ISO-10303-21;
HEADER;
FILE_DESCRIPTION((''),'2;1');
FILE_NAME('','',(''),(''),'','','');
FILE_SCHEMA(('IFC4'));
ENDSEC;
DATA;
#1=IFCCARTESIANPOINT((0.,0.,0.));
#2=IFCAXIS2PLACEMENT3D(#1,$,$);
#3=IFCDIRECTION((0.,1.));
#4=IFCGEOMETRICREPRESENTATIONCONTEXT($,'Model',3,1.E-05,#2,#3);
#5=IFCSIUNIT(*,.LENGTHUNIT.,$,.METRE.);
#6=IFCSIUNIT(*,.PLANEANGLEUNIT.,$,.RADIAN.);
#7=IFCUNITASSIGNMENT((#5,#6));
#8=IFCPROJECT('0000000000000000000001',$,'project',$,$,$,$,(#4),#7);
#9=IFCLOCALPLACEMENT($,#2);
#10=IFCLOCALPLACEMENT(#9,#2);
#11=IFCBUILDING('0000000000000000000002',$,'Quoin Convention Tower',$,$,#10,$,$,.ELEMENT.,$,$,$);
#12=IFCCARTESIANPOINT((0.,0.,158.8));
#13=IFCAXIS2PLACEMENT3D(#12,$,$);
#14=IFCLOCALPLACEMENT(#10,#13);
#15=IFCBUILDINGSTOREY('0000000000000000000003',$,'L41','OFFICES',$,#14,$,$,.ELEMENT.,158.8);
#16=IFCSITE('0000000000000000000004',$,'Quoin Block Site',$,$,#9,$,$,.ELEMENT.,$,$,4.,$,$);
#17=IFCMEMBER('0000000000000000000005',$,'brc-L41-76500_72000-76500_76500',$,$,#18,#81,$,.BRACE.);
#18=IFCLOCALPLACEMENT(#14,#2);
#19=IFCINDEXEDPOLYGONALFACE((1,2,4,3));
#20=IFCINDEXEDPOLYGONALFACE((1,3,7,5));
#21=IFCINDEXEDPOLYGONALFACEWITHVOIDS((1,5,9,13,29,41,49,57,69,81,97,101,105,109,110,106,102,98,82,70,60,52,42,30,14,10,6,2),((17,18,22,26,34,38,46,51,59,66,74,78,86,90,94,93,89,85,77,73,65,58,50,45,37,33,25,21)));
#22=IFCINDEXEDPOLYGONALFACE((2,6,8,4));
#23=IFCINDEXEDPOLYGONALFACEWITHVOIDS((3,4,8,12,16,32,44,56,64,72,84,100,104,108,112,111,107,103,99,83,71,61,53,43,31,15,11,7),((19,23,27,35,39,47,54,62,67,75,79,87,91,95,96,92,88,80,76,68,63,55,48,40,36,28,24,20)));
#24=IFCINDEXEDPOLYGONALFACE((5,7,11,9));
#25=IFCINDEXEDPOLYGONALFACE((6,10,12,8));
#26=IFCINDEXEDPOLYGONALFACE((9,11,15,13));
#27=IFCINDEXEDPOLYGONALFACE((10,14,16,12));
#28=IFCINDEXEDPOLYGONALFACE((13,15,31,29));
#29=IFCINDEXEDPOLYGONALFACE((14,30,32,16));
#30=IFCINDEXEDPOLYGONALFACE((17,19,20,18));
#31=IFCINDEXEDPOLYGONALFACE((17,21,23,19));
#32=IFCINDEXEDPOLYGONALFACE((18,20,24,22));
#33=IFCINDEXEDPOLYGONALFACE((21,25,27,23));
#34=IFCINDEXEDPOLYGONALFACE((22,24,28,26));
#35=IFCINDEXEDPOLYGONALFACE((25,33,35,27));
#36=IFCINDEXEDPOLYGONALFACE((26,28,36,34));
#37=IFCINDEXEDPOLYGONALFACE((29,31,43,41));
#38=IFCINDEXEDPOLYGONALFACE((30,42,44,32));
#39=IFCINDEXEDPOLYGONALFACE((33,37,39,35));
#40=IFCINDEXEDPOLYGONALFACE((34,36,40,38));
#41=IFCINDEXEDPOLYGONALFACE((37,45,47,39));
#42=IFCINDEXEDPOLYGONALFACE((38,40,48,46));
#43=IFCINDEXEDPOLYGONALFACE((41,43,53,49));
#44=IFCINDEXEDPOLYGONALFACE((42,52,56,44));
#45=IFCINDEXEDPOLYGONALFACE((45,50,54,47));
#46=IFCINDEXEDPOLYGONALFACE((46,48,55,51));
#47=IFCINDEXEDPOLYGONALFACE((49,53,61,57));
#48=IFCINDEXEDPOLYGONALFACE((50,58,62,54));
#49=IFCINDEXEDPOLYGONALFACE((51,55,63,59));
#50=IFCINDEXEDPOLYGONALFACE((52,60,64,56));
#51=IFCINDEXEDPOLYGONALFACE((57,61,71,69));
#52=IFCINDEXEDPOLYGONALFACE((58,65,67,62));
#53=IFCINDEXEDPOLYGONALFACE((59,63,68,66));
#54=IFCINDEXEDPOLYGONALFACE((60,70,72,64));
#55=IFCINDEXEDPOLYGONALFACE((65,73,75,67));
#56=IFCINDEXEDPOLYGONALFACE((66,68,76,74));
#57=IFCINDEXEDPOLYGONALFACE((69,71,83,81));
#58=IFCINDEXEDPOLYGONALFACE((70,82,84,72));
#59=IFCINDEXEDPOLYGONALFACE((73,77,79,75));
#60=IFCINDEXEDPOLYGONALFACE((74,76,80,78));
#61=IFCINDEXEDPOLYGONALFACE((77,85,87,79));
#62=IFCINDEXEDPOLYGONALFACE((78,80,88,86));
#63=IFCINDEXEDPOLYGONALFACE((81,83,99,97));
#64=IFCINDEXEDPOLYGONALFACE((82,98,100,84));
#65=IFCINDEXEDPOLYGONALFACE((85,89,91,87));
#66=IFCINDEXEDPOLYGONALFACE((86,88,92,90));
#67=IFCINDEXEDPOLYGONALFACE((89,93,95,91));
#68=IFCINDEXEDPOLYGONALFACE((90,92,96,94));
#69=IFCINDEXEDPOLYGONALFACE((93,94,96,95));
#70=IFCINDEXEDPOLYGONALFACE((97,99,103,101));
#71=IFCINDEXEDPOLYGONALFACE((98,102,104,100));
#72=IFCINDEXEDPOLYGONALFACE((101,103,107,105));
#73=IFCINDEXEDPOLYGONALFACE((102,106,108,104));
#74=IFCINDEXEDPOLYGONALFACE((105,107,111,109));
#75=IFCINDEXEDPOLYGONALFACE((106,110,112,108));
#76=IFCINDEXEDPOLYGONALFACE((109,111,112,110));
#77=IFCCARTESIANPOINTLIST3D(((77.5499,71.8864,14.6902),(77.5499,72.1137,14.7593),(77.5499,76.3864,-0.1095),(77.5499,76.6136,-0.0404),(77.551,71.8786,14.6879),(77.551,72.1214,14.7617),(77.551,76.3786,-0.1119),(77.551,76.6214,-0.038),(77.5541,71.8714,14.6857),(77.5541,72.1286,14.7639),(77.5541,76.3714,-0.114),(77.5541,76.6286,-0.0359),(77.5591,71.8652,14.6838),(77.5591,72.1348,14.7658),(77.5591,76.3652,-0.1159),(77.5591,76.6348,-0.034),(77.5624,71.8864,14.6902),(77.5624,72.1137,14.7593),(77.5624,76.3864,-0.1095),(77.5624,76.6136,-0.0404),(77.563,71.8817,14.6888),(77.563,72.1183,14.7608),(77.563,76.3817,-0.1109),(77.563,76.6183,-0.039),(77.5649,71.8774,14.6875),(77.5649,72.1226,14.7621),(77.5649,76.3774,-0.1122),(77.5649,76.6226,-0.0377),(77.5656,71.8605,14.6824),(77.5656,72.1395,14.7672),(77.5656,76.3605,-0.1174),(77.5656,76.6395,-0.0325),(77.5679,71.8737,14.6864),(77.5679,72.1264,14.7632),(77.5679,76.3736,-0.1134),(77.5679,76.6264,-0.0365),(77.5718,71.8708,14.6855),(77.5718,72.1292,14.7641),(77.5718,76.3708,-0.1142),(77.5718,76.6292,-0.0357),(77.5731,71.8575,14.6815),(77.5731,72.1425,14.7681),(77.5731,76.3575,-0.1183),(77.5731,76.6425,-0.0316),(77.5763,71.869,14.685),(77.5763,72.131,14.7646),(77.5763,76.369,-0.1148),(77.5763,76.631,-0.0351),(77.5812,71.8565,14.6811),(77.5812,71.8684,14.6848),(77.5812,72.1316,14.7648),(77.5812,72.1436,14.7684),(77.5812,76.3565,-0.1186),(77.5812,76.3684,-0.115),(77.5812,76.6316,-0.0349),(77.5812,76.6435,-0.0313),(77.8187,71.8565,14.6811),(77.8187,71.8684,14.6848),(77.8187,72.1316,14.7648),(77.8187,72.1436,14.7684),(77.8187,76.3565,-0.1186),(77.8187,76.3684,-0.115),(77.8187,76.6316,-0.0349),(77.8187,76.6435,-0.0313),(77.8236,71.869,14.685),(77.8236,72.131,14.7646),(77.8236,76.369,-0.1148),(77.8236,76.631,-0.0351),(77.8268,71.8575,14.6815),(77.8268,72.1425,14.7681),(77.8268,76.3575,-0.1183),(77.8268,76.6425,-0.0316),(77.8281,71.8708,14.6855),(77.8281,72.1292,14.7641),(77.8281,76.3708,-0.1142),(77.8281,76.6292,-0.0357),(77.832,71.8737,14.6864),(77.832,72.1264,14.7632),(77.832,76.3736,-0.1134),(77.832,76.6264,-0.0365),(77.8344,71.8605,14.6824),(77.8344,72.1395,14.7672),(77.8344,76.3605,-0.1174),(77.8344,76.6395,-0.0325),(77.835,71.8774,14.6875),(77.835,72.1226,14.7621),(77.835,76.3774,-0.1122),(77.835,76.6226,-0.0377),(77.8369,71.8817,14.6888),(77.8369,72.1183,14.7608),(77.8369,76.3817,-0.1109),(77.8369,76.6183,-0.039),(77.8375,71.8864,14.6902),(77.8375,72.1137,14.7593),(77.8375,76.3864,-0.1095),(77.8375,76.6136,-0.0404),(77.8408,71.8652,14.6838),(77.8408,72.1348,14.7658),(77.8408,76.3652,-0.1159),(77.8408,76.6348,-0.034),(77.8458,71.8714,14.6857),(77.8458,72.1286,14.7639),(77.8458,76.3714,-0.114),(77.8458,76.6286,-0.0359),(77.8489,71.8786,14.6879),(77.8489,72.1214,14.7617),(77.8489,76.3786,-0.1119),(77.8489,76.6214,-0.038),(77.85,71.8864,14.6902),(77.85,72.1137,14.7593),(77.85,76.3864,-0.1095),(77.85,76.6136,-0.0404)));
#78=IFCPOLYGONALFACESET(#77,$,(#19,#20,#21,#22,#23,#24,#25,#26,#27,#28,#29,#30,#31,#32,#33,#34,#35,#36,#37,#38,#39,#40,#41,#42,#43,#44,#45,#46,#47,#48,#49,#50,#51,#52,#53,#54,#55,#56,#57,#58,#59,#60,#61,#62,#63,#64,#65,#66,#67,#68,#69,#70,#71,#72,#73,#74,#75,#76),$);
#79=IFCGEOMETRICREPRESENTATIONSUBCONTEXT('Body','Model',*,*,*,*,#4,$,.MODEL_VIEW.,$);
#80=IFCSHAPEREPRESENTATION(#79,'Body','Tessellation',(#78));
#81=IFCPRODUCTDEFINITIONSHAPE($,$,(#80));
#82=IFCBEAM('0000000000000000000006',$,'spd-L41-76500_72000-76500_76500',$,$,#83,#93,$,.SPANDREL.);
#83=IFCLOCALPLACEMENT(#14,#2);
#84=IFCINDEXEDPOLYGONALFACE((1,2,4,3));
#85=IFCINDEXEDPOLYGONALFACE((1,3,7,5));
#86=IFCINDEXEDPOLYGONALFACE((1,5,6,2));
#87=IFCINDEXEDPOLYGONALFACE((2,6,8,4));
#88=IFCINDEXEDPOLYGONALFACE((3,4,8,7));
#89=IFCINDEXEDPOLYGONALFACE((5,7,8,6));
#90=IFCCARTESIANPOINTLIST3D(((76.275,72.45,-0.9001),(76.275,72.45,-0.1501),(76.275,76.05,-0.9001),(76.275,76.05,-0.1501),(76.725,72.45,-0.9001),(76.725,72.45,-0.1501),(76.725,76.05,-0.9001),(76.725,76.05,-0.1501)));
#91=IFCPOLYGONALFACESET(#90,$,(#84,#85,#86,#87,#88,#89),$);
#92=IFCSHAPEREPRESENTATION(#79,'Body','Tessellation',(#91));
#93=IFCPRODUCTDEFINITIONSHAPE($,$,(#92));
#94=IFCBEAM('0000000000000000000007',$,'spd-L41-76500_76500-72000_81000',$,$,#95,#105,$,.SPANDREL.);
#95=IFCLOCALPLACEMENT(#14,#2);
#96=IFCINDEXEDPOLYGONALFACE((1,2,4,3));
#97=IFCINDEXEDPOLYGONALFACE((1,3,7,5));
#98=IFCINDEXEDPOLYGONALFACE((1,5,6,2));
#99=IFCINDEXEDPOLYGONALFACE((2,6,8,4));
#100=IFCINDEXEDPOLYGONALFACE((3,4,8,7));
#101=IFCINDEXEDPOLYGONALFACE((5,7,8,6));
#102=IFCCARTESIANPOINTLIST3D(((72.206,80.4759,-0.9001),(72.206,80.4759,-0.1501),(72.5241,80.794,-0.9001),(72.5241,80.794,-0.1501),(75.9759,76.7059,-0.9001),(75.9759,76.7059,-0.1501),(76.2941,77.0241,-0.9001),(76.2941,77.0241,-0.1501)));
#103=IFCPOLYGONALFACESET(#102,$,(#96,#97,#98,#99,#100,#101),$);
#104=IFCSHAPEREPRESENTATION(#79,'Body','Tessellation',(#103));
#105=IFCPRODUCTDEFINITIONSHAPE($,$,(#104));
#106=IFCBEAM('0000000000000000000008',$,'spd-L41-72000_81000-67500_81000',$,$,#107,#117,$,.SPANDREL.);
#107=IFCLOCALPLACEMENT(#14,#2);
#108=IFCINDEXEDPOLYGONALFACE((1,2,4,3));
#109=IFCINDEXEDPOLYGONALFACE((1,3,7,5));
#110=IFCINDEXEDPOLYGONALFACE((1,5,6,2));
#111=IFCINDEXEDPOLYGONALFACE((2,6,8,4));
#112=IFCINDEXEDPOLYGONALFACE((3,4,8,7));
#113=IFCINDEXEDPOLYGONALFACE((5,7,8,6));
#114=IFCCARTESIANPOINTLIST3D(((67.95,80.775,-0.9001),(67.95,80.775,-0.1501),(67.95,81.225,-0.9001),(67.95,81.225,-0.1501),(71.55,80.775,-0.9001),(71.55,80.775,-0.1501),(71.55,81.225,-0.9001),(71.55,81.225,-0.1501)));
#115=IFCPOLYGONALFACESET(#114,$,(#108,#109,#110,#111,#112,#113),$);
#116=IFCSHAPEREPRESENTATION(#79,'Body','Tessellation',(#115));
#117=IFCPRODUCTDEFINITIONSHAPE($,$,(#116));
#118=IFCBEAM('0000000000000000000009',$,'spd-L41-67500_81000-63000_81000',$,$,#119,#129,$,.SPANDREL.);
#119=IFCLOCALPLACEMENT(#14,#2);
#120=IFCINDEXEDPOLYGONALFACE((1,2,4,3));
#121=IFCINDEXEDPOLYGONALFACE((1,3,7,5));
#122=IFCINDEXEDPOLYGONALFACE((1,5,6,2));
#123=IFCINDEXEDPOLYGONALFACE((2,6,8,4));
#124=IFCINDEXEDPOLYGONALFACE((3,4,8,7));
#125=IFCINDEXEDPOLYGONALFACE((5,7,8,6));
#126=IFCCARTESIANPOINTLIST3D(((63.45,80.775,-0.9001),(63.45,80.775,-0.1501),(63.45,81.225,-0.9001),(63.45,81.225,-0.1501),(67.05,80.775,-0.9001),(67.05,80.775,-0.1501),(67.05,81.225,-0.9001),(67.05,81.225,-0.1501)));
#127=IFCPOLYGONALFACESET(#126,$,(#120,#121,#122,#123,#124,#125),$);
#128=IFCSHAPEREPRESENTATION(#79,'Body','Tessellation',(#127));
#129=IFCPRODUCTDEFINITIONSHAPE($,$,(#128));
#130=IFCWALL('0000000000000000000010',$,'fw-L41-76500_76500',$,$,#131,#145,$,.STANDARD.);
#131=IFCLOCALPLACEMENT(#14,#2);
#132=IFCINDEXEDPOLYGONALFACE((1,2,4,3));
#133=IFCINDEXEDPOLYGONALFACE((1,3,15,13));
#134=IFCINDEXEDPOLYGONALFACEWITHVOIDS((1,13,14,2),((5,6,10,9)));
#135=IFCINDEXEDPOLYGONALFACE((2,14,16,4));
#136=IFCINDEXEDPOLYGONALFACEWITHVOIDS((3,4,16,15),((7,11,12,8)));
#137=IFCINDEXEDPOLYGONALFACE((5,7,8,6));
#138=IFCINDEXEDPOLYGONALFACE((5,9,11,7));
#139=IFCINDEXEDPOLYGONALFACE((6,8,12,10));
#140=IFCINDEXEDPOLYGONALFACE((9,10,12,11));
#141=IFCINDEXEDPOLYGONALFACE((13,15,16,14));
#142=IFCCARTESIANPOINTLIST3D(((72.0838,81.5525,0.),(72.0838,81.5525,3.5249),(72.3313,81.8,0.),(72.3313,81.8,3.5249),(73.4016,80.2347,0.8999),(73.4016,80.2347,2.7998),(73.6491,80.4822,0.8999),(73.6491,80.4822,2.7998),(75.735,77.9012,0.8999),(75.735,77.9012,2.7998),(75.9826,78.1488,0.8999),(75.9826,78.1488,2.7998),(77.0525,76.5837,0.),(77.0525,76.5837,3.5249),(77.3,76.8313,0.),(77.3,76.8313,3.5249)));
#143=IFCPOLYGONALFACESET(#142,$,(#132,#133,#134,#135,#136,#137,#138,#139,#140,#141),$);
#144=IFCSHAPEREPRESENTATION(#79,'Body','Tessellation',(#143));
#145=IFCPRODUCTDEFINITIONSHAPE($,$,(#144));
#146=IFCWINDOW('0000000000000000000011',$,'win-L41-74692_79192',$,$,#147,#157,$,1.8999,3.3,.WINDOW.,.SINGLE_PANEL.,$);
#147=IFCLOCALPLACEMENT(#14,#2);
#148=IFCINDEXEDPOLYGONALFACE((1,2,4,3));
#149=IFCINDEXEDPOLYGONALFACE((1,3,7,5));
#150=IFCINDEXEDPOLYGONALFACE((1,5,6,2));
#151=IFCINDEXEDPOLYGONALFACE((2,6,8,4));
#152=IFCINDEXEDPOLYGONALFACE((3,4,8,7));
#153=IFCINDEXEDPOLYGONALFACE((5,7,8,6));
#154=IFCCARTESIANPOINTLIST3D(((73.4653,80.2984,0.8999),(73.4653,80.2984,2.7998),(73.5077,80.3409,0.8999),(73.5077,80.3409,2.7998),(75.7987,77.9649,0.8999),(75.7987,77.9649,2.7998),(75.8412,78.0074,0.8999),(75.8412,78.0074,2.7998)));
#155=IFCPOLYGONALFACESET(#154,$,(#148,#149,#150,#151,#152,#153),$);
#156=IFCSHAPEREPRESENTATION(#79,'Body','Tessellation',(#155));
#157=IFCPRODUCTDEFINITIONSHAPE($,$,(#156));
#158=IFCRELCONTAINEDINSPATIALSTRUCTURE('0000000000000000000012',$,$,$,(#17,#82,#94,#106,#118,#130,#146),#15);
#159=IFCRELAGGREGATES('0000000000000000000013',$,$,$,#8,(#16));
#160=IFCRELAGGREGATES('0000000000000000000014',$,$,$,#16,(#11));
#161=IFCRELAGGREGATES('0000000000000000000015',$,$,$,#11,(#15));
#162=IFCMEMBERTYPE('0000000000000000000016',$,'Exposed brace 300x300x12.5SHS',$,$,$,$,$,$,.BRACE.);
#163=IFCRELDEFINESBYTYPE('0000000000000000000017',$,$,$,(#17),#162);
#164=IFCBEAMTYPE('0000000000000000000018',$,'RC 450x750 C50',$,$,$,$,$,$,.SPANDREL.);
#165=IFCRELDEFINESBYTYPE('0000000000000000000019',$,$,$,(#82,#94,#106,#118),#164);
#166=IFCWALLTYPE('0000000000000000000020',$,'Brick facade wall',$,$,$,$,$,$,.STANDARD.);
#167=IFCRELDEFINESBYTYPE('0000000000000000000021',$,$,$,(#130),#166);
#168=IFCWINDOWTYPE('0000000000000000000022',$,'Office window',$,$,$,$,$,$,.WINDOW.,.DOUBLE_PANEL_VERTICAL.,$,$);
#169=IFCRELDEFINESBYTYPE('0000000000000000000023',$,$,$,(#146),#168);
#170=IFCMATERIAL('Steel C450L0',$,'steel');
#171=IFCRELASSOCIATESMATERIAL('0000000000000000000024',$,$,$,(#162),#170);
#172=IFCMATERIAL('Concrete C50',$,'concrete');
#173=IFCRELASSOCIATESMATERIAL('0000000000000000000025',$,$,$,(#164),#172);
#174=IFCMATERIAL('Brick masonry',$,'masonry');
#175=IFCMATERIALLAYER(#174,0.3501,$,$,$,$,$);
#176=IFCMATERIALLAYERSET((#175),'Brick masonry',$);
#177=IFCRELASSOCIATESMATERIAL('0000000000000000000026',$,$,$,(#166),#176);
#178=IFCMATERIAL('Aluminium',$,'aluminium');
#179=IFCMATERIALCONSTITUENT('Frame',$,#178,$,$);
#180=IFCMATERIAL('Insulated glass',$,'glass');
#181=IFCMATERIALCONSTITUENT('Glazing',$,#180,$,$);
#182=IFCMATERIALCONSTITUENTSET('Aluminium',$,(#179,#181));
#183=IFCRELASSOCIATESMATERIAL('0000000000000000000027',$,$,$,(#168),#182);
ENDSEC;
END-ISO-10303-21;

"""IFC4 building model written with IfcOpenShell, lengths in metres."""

from ifc_helpers import new_model, si_unit, direction, frame, frame_2d, origin, origin_2d, place, context, subcontext, project, spatial, rectangle, hollow_rectangle, extrude, material, layer, layer_set, constituent, constituent_set, material_profile, profile_set, type_object, element, fill, save


model = new_model("IFC4")

# Units and contexts
model_context = context("Model", 3, precision=1e-05, world=origin(), true_north=direction((0.0, 1.0)))
body_context = subcontext(model_context, "Body", "Model", "MODEL_VIEW")
ifc_project = project(units=[si_unit("LENGTHUNIT", "METRE"), si_unit("PLANEANGLEUNIT", "RADIAN")], contexts=[model_context])

# Site, building, storey
site_placement = place(None, origin())
site = spatial("IfcSite", under=ifc_project, at=site_placement, Name="Quoin Block Site", CompositionType="ELEMENT", RefElevation=4.0)
building_placement = place(site_placement, origin())
building = spatial("IfcBuilding", under=site, at=building_placement, Name="Quoin Convention Tower", CompositionType="ELEMENT")
storey_placement = place(building_placement, frame((0.0, 0.0, 158.8)))
storey = spatial("IfcBuildingStorey", under=building, at=storey_placement, Name="L41", Description="OFFICES", CompositionType="ELEMENT", Elevation=158.8)

# Shared definitions
ifc_material_1 = material(Name="Concrete C50", Category="concrete")

# Member
ifc_material_2 = material(Name="Steel C450L0", Category="steel")
ifc_material_profile_1 = material_profile(ifc_material_2, hollow_rectangle(XDim=0.3, YDim=0.3, WallThickness=0.0125, InnerFilletRadius=0.0188, OuterFilletRadius=0.0312, at=origin_2d()), Name="300x300x12.5SHS")
ifc_profile_set_1 = profile_set([ifc_material_profile_1], Name="Steel C450L0")
member_type = type_object("IfcMemberType", Name="Exposed brace 300x300x12.5SHS", PredefinedType="BRACE", material=ifc_profile_set_1)
for number, where, z_axis, x_axis, name in (
    (1, (77.7, 76.5, -0.075), (0.0, -0.290908, 0.956751), (1.0, 0.0, 0.0), "brc-L41-76500_72000-76500_76500"),
):
    element("IfcMember", number, at=place(storey_placement, frame(where, z_axis=z_axis, x_axis=x_axis)), inside=storey, type_object=member_type, Name=name, PredefinedType="BRACE", context=body_context, shape_type="SweptSolid", body=[
        extrude(hollow_rectangle(XDim=0.3, YDim=0.3, WallThickness=0.0125, InnerFilletRadius=0.0188, OuterFilletRadius=0.0312, at=origin_2d()), origin(), (0.0, 0.0, 1.0), 15.4688),
    ])

# Beams
ifc_material_profile_2 = material_profile(ifc_material_1, rectangle(XDim=0.45, YDim=0.75, at=origin_2d()), Name="RC 450x750")
ifc_profile_set_2 = profile_set([ifc_material_profile_2], Name="Concrete C50")
beam_type_1 = type_object("IfcBeamType", Name="RC 450x750 C50", PredefinedType="SPANDREL", material=ifc_profile_set_2)
beam_1_placement = place(storey_placement, frame((76.5, 72.45, -0.5251), z_axis=(0.0, 1.0, 0.0), x_axis=(-1.0, 0.0, 0.0)))
element("IfcBeam", 2, at=beam_1_placement, inside=storey, type_object=beam_type_1, Name="spd-L41-76500_72000-76500_76500", PredefinedType="SPANDREL", context=body_context, shape_type="SweptSolid", body=[
    extrude(rectangle(XDim=0.45, YDim=0.75, at=origin_2d()), origin(), (0.0, 0.0, 1.0), 3.6001),
])
beam_2_placement = place(storey_placement, frame((76.135, 76.865, -0.5251), z_axis=(-0.707107, 0.707107, 0.0), x_axis=(-0.707107, -0.707107, 0.0)))
element("IfcBeam", 3, at=beam_2_placement, inside=storey, type_object=beam_type_1, Name="spd-L41-76500_76500-72000_81000", PredefinedType="SPANDREL", context=body_context, shape_type="SweptSolid", body=[
    extrude(rectangle(XDim=0.45, YDim=0.75, at=origin_2d()), origin(), (0.0, 0.0, 1.0), 5.3315),
])
for number, where, z_axis, x_axis, name in (
    (4, (71.55, 81.0, -0.5251), (-1.0, 0.0, 0.0), (0.0, -1.0, 0.0), "spd-L41-72000_81000-67500_81000"),
    (5, (67.05, 81.0, -0.5251), (-1.0, 0.0, 0.0), (0.0, -1.0, 0.0), "spd-L41-67500_81000-63000_81000"),
):
    element("IfcBeam", number, at=place(storey_placement, frame(where, z_axis=z_axis, x_axis=x_axis)), inside=storey, type_object=beam_type_1, Name=name, PredefinedType="SPANDREL", context=body_context, shape_type="SweptSolid", body=[
        extrude(rectangle(XDim=0.45, YDim=0.75, at=origin_2d()), origin(), (0.0, 0.0, 1.0), 3.6001),
    ])

# Wall, opening, window
ifc_material_3 = material(Name="Brick masonry", Category="masonry")
ifc_layer_1 = layer(ifc_material_3, 0.3501)
ifc_layer_set_1 = layer_set([ifc_layer_1], Name="Brick masonry")
wall_type_1 = type_object("IfcWallType", Name="Brick facade wall", PredefinedType="STANDARD", material=ifc_layer_set_1)
wall_1_placement = place(storey_placement, frame((77.1763, 76.7075, 0.0), z_axis=(0.0, 0.0, 1.0), x_axis=(-0.707107, 0.707107, 0.0)))
wall_1 = element("IfcWall", 6, at=wall_1_placement, inside=storey, type_object=wall_type_1, Name="fw-L41-76500_76500", PredefinedType="STANDARD", context=body_context, shape_type="SweptSolid", body=[
    extrude(rectangle(XDim=7.0269, YDim=0.3501, at=frame_2d((3.5134, 0.0))), origin(), (0.0, 0.0, 1.0), 3.5249),
])
opening_1_placement = place(wall_1_placement, frame((1.8633, 0.0, 0.8999)))
opening_1 = element("IfcOpeningElement", 7, at=opening_1_placement, cuts=wall_1, PredefinedType="OPENING", context=body_context, shape_type="SweptSolid", body=[
    extrude(rectangle(XDim=3.3, YDim=1.8999, at=frame_2d((1.6499, 0.95))), frame((0.0, 0.1851, 0.0), z_axis=(0.0, -1.0, 0.0), x_axis=(1.0, 0.0, 0.0)), (0.0, 0.0, 1.0), 0.3701),
])
ifc_material_4 = material(Name="Aluminium", Category="aluminium")
ifc_constituent_1 = constituent(ifc_material_4, Name="Frame")
ifc_material_5 = material(Name="Insulated glass", Category="glass")
ifc_constituent_2 = constituent(ifc_material_5, Name="Glazing")
ifc_constituent_set = constituent_set(constituents=[ifc_constituent_1, ifc_constituent_2], Name="Aluminium")
window_type = type_object("IfcWindowType", Name="Office window", PartitioningType="DOUBLE_PANEL_VERTICAL", PredefinedType="WINDOW", material=ifc_constituent_set)
window_1_placement = place(opening_1_placement, origin())
window_1 = element("IfcWindow", 8, at=window_1_placement, inside=storey, type_object=window_type, Name="win-L41-74692_79192", OverallHeight=1.8999, OverallWidth=3.3, PartitioningType="SINGLE_PANEL", PredefinedType="WINDOW", context=body_context, shape_type="SweptSolid", body=[
    extrude(rectangle(XDim=3.3, YDim=1.8999, at=frame_2d((1.6499, 0.95))), frame((0.0, 0.085, 0.0), z_axis=(0.0, -1.0, 0.0), x_axis=(1.0, 0.0, 0.0)), (0.0, 0.0, 1.0), 0.0601),
])
fill(opening_1, window_1)

save(model, "model.ifc")
